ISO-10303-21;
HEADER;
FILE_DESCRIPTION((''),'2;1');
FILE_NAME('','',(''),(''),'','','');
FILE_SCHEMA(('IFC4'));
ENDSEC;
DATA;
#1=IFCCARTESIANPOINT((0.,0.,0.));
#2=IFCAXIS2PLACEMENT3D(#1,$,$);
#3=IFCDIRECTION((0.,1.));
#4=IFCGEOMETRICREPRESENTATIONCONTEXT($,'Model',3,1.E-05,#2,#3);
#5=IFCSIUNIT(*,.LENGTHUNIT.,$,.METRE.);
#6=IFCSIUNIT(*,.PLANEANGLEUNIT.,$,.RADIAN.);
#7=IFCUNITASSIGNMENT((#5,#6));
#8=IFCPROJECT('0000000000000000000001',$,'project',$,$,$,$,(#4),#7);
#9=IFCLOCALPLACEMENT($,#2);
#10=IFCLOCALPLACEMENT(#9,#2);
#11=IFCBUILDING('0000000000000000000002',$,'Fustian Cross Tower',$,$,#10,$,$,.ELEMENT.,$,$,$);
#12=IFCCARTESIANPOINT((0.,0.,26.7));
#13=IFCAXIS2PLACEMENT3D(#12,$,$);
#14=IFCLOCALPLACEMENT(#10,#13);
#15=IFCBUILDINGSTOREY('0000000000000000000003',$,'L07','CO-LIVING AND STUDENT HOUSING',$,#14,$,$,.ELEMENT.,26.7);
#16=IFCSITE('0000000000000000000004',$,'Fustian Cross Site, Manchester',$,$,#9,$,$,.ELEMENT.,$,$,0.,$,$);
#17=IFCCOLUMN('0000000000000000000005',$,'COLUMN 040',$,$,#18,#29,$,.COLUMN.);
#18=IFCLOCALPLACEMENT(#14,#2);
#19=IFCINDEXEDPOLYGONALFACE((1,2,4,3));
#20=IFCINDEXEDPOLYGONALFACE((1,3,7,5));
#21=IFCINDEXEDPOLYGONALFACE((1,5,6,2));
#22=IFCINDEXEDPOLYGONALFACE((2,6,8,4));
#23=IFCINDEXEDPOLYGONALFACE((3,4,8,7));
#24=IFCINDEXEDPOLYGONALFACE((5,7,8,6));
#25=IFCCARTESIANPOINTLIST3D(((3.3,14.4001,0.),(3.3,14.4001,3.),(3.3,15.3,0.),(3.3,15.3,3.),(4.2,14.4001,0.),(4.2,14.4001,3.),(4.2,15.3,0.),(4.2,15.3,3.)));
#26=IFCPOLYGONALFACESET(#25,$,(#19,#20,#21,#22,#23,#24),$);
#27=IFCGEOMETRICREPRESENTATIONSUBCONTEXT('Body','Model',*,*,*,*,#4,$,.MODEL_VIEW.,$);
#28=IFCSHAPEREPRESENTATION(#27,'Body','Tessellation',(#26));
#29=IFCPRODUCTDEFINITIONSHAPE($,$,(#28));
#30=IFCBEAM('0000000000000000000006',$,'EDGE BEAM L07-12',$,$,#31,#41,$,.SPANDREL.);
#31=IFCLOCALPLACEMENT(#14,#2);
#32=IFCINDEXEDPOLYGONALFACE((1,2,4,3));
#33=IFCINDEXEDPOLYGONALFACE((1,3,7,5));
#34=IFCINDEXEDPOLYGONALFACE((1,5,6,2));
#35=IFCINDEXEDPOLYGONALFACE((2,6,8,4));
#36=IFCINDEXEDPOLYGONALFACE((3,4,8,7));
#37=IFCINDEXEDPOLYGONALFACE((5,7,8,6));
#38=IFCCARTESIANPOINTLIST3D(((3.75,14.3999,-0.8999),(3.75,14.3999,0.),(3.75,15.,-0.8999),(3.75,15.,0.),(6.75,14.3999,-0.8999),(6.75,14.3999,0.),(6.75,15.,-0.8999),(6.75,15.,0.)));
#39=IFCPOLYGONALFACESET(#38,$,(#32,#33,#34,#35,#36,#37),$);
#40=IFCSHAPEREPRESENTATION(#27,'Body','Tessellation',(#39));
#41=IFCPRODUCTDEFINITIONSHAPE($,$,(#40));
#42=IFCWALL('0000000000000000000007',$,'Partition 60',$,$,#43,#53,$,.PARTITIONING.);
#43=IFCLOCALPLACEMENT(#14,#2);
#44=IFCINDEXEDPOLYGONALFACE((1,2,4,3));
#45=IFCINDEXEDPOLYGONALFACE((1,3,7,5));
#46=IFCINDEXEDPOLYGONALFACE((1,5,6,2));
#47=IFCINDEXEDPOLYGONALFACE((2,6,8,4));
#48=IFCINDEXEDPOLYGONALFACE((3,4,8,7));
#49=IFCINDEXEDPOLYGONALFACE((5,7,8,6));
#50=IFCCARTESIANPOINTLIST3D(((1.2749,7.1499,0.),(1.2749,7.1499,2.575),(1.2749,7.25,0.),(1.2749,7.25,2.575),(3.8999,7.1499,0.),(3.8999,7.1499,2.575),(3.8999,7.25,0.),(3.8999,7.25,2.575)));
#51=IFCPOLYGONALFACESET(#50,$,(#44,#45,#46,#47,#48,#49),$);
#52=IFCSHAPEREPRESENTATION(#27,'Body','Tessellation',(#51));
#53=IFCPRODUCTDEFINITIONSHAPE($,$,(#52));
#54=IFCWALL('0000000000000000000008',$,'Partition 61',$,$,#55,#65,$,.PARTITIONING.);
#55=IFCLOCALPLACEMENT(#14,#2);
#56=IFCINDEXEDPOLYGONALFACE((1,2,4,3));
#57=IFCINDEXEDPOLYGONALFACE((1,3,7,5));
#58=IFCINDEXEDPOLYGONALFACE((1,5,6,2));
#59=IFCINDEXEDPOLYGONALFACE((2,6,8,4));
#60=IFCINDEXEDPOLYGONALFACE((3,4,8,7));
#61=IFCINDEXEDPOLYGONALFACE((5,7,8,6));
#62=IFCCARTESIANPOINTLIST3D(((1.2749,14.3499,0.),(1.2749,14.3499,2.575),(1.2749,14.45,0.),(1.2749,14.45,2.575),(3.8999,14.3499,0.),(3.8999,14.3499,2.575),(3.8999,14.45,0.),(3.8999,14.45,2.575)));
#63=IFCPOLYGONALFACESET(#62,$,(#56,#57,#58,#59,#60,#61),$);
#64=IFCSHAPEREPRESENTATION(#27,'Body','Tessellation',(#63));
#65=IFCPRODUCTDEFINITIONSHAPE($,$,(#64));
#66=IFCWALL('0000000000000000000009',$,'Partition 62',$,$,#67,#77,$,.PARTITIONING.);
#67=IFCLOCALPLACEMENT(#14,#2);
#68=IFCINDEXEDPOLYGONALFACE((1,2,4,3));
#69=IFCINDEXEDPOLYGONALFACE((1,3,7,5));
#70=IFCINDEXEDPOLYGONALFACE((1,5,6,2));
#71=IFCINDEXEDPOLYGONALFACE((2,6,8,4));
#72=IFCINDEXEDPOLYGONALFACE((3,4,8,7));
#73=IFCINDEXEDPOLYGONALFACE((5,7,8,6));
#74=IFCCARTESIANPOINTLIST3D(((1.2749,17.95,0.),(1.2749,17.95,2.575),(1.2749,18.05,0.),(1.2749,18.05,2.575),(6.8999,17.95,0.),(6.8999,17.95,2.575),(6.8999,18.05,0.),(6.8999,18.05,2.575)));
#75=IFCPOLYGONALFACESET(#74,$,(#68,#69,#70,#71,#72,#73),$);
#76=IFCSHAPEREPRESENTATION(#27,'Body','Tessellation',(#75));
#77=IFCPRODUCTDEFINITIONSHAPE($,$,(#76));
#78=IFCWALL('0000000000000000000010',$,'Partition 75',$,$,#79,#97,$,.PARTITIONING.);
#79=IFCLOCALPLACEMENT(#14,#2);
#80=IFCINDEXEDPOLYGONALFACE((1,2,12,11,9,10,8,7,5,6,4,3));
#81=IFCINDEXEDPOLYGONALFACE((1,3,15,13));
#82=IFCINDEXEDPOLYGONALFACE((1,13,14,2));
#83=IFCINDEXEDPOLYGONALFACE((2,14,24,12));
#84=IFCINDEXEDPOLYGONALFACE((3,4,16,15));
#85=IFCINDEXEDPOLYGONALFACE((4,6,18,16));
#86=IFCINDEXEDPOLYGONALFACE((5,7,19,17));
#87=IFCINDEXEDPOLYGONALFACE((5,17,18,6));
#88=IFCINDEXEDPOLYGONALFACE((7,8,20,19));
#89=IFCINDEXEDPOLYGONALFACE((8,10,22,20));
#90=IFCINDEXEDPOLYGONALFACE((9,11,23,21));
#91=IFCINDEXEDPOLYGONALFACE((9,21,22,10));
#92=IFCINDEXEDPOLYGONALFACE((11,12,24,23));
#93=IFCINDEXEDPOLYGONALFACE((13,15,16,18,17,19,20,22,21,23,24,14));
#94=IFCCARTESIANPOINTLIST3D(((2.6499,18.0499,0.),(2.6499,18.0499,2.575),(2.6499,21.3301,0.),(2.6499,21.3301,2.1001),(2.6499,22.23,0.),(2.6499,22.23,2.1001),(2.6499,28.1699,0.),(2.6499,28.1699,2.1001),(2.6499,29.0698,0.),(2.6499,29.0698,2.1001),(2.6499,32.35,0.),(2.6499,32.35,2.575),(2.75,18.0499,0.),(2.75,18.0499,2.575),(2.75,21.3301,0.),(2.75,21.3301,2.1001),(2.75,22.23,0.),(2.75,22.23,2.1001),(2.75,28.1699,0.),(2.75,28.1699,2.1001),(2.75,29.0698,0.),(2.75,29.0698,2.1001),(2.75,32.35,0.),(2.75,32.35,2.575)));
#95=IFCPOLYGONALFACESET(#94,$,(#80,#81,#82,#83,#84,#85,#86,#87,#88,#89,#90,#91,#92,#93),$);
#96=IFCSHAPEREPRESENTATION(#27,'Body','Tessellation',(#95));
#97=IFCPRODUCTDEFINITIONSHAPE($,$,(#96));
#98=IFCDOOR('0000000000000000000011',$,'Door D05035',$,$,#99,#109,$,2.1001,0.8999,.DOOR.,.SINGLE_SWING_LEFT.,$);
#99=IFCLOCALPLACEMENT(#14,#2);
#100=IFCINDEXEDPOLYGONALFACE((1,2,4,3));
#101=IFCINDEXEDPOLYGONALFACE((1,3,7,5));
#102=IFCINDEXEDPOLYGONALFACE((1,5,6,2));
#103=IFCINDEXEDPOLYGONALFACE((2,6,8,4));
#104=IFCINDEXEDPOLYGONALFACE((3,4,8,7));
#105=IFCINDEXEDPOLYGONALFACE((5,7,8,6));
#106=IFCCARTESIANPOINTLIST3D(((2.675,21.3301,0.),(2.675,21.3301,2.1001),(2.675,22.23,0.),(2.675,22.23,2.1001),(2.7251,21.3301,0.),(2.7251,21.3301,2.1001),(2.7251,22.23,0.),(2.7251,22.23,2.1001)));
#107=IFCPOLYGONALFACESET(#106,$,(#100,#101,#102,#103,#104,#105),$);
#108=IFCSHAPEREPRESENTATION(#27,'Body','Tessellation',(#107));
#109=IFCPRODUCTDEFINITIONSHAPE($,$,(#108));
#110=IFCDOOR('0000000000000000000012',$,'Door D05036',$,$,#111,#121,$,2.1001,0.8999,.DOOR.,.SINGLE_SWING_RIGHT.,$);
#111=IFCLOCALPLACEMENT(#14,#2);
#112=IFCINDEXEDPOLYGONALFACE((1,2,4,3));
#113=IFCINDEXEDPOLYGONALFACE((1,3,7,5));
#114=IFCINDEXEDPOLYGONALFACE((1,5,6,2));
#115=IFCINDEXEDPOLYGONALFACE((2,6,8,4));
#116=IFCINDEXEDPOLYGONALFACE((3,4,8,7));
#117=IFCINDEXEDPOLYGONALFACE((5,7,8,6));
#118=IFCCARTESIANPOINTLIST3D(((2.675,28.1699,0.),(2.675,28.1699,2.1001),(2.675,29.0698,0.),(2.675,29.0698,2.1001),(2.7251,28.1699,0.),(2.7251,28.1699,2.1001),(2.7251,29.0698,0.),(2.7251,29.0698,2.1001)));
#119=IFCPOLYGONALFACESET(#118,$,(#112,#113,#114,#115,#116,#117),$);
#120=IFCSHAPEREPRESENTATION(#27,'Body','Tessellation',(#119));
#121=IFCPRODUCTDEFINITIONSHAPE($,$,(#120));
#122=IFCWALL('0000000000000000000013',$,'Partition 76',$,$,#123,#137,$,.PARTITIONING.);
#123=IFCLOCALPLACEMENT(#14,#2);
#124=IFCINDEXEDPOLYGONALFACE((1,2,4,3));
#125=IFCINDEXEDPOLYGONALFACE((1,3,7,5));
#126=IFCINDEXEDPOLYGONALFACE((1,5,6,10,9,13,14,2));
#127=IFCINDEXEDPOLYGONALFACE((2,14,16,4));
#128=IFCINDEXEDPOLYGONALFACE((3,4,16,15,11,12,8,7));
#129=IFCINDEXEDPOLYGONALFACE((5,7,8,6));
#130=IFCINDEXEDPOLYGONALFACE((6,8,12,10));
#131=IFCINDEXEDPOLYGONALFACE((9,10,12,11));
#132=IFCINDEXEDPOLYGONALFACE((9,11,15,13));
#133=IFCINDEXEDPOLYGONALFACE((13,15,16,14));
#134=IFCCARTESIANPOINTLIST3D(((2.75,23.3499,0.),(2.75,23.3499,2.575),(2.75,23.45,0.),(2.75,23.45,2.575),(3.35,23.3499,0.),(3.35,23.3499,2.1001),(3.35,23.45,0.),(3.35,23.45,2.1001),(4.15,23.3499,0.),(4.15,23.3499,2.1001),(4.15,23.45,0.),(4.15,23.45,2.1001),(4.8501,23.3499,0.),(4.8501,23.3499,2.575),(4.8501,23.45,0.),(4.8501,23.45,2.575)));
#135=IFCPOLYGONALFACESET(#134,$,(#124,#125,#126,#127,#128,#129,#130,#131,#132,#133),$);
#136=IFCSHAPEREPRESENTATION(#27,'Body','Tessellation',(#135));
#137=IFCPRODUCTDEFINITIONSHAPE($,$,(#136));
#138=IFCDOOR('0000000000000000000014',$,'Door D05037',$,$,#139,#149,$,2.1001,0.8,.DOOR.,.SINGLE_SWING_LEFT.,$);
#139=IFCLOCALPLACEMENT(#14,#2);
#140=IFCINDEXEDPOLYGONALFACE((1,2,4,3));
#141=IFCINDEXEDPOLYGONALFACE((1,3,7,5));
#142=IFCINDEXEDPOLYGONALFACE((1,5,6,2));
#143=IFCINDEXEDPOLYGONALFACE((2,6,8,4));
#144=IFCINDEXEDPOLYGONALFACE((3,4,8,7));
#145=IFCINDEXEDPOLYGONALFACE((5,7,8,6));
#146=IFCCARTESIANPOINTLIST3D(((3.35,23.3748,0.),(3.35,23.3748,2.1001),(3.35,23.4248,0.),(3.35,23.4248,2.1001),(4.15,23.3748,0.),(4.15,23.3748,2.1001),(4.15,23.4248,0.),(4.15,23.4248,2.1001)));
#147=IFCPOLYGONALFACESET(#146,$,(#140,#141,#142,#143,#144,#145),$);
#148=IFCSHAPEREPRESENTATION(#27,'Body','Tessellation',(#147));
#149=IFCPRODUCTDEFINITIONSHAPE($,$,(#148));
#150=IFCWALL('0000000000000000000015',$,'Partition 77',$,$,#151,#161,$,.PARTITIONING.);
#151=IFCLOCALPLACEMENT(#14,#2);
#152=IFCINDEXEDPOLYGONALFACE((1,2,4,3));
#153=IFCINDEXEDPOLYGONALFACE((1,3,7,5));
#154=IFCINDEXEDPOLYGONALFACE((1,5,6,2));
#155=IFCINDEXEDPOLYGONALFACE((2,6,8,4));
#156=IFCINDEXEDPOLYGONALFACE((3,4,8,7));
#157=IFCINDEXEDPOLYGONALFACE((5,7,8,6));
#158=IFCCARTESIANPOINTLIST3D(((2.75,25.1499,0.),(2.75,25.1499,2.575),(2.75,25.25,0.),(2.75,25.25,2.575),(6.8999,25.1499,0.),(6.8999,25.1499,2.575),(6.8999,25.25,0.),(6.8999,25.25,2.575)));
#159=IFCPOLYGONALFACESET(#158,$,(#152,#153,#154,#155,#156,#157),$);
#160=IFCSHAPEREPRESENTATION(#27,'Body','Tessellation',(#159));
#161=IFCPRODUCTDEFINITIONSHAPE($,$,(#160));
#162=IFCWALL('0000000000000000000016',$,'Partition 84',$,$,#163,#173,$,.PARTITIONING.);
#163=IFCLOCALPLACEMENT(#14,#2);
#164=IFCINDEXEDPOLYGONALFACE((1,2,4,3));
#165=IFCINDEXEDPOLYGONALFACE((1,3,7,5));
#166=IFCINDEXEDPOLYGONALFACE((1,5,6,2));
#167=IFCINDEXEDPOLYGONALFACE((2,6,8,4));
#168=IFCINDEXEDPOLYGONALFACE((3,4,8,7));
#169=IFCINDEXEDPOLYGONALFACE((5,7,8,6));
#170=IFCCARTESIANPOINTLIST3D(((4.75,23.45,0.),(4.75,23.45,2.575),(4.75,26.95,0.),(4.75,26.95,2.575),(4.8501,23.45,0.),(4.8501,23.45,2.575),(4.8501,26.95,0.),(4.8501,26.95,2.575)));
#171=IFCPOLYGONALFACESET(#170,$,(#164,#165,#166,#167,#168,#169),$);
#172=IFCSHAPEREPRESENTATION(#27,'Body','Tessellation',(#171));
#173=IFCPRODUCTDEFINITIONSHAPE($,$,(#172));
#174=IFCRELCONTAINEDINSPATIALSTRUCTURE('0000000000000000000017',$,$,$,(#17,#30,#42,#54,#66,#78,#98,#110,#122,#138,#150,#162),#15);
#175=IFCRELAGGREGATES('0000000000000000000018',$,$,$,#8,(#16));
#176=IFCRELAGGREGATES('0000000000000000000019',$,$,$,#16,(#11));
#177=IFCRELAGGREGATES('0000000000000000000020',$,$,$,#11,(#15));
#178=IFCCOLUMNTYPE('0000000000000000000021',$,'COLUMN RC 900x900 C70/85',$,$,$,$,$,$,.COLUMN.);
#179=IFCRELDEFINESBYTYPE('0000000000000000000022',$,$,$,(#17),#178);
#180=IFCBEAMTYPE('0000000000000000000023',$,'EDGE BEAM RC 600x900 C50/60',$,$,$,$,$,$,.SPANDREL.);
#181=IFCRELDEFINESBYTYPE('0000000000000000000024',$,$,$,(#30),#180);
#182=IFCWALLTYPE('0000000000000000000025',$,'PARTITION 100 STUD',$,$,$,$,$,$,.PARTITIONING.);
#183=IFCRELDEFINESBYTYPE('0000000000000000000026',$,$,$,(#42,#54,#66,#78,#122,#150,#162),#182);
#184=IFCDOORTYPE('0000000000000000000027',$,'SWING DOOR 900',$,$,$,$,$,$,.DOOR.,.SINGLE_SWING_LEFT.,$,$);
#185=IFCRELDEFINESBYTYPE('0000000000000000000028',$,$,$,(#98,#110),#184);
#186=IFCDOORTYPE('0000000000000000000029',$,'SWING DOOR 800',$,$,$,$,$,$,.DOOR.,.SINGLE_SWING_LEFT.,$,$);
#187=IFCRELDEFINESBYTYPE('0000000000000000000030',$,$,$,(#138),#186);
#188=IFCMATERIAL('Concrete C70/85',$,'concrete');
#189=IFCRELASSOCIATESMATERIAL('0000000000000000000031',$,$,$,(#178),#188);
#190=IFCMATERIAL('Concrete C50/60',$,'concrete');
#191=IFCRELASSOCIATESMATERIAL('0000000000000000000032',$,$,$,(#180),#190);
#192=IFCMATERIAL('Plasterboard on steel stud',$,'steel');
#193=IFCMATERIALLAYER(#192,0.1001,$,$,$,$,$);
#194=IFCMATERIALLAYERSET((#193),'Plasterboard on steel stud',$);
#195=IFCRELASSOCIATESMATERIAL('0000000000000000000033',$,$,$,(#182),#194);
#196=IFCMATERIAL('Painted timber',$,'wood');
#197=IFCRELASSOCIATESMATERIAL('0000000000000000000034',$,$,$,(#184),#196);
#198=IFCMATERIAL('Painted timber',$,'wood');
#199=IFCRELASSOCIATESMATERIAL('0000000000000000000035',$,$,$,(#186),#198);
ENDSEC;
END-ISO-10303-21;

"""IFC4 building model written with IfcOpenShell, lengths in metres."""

from ifc_helpers import new_model, si_unit, direction, frame, frame_2d, origin, origin_2d, place, context, subcontext, project, spatial, rectangle, extrude, material, layer, layer_set, material_profile, profile_set, type_object, element, fill, save


model = new_model("IFC4")

# Units and contexts
model_context = context("Model", 3, precision=1e-05, world=origin(), true_north=direction((0.0, 1.0)))
body_context = subcontext(model_context, "Body", "Model", "MODEL_VIEW")
ifc_project = project(units=[si_unit("LENGTHUNIT", "METRE"), si_unit("PLANEANGLEUNIT", "RADIAN")], contexts=[model_context])

# Site, building, storey
site_placement = place(None, origin())
site = spatial("IfcSite", under=ifc_project, at=site_placement, Name="Fustian Cross Site, Manchester", CompositionType="ELEMENT", RefElevation=0.0)
building_placement = place(site_placement, origin())
building = spatial("IfcBuilding", under=site, at=building_placement, Name="Fustian Cross Tower", CompositionType="ELEMENT")
storey_placement = place(building_placement, frame((0.0, 0.0, 26.7)))
storey = spatial("IfcBuildingStorey", under=building, at=storey_placement, Name="L07", Description="CO-LIVING AND STUDENT HOUSING", CompositionType="ELEMENT", Elevation=26.7)

# Column
ifc_material_1 = material(Name="Concrete C70/85", Category="concrete")
ifc_material_profile_1 = material_profile(ifc_material_1, rectangle(XDim=0.8999, YDim=0.8999, at=origin_2d()), Name="RC 900x900")
ifc_profile_set_1 = profile_set([ifc_material_profile_1], Name="Concrete C70/85")
column_type = type_object("IfcColumnType", Name="COLUMN RC 900x900 C70/85", PredefinedType="COLUMN", material=ifc_profile_set_1)
column_placement = place(storey_placement, frame((3.75, 14.8501, 0.0), z_axis=(0.0, 0.0, 1.0), x_axis=(1.0, 0.0, 0.0)))
element("IfcColumn", 1, at=column_placement, inside=storey, type_object=column_type, Name="COLUMN 040", PredefinedType="COLUMN", context=body_context, shape_type="SweptSolid", body=[
    extrude(rectangle(XDim=0.8999, YDim=0.8999, at=origin_2d()), origin(), (0.0, 0.0, 1.0), 3.0),
])

# Beam
ifc_material_2 = material(Name="Concrete C50/60", Category="concrete")
ifc_material_profile_2 = material_profile(ifc_material_2, rectangle(XDim=0.6001, YDim=0.8999, at=origin_2d()), Name="RC 600x900")
ifc_profile_set_2 = profile_set([ifc_material_profile_2], Name="Concrete C50/60")
beam_type = type_object("IfcBeamType", Name="EDGE BEAM RC 600x900 C50/60", PredefinedType="SPANDREL", material=ifc_profile_set_2)
beam_placement = place(storey_placement, frame((3.75, 14.7, -0.45), z_axis=(1.0, 0.0, 0.0), x_axis=(0.0, 1.0, 0.0)))
element("IfcBeam", 2, at=beam_placement, inside=storey, type_object=beam_type, Name="EDGE BEAM L07-12", PredefinedType="SPANDREL", context=body_context, shape_type="SweptSolid", body=[
    extrude(rectangle(XDim=0.6001, YDim=0.8999, at=origin_2d()), origin(), (0.0, 0.0, 1.0), 3.0),
])

# Walls
ifc_material_3 = material(Name="Plasterboard on steel stud", Category="steel")
ifc_layer_1 = layer(ifc_material_3, 0.1001)
ifc_layer_set_1 = layer_set([ifc_layer_1], Name="Plasterboard on steel stud")
wall_type_1 = type_object("IfcWallType", Name="PARTITION 100 STUD", PredefinedType="PARTITIONING", material=ifc_layer_set_1)
for number, where, z_axis, x_axis, name in (
    (3, (1.2749, 7.2, 0.0), (0.0, 0.0, 1.0), (1.0, 0.0, 0.0), "Partition 60"),
    (4, (1.2749, 14.3999, 0.0), (0.0, 0.0, 1.0), (1.0, 0.0, 0.0), "Partition 61"),
):
    element("IfcWall", number, at=place(storey_placement, frame(where, z_axis=z_axis, x_axis=x_axis)), inside=storey, type_object=wall_type_1, Name=name, PredefinedType="PARTITIONING", context=body_context, shape_type="SweptSolid", body=[
        extrude(rectangle(XDim=2.625, YDim=0.1001, at=frame_2d((1.3125, 0.0))), origin(), (0.0, 0.0, 1.0), 2.575),
    ])
wall_1_placement = place(storey_placement, frame((1.2749, 18.0, 0.0), z_axis=(0.0, 0.0, 1.0), x_axis=(1.0, 0.0, 0.0)))
element("IfcWall", 5, at=wall_1_placement, inside=storey, type_object=wall_type_1, Name="Partition 62", PredefinedType="PARTITIONING", context=body_context, shape_type="SweptSolid", body=[
    extrude(rectangle(XDim=5.625, YDim=0.1001, at=frame_2d((2.8125, 0.0))), origin(), (0.0, 0.0, 1.0), 2.575),
])

# Wall, openings, doors
wall_2_placement = place(storey_placement, frame((2.7, 18.05, 0.0), z_axis=(0.0, 0.0, 1.0), x_axis=(0.0, 1.0, 0.0)))
wall_2 = element("IfcWall", 6, at=wall_2_placement, inside=storey, type_object=wall_type_1, Name="Partition 75", PredefinedType="PARTITIONING", context=body_context, shape_type="SweptSolid", body=[
    extrude(rectangle(XDim=14.3, YDim=0.1001, at=frame_2d((7.1499, 0.0))), origin(), (0.0, 0.0, 1.0), 2.575),
])
opening_1_placement = place(wall_2_placement, frame((3.28, 0.0, 0.0)))
opening_1 = element("IfcOpeningElement", 7, at=opening_1_placement, cuts=wall_2, PredefinedType="OPENING", context=body_context, shape_type="SweptSolid", body=[
    extrude(rectangle(XDim=0.8999, YDim=2.1001, at=frame_2d((0.45, 1.05))), frame((0.0, 0.0601, 0.0), z_axis=(0.0, -1.0, 0.0), x_axis=(1.0, 0.0, 0.0)), (0.0, 0.0, 1.0), 0.1201),
])
opening_2_placement = place(wall_2_placement, frame((10.1199, 0.0, 0.0)))
opening_2 = element("IfcOpeningElement", 8, at=opening_2_placement, cuts=wall_2, PredefinedType="OPENING", context=body_context, shape_type="SweptSolid", body=[
    extrude(rectangle(XDim=0.8999, YDim=2.1001, at=frame_2d((0.45, 1.05))), frame((0.0, 0.0601, 0.0), z_axis=(0.0, -1.0, 0.0), x_axis=(1.0, 0.0, 0.0)), (0.0, 0.0, 1.0), 0.1201),
])
ifc_material_4 = material(Name="Painted timber", Category="wood")
door_type_1 = type_object("IfcDoorType", Name="SWING DOOR 900", OperationType="SINGLE_SWING_LEFT", PredefinedType="DOOR", material=ifc_material_4)
door_1_placement = place(opening_1_placement, origin())
door_1 = element("IfcDoor", 9, at=door_1_placement, inside=storey, type_object=door_type_1, Name="Door D05035", OperationType="SINGLE_SWING_LEFT", OverallHeight=2.1001, OverallWidth=0.8999, PredefinedType="DOOR", context=body_context, shape_type="SweptSolid", body=[
    extrude(rectangle(XDim=0.8999, YDim=2.1001, at=frame_2d((0.45, 1.05))), frame((0.0, 0.0249, 0.0), z_axis=(0.0, -1.0, 0.0), x_axis=(1.0, 0.0, 0.0)), (0.0, 0.0, 1.0), 0.05),
])
fill(opening_1, door_1)
door_2_placement = place(opening_2_placement, origin())
door_2 = element("IfcDoor", 10, at=door_2_placement, inside=storey, type_object=door_type_1, Name="Door D05036", OperationType="SINGLE_SWING_RIGHT", OverallHeight=2.1001, OverallWidth=0.8999, PredefinedType="DOOR", context=body_context, shape_type="SweptSolid", body=[
    extrude(rectangle(XDim=0.8999, YDim=2.1001, at=frame_2d((0.45, 1.05))), frame((0.0, 0.0249, 0.0), z_axis=(0.0, -1.0, 0.0), x_axis=(1.0, 0.0, 0.0)), (0.0, 0.0, 1.0), 0.05),
])
fill(opening_2, door_2)

# Wall, opening, door
wall_3_placement = place(storey_placement, frame((2.75, 23.3999, 0.0), z_axis=(0.0, 0.0, 1.0), x_axis=(1.0, 0.0, 0.0)))
wall_3 = element("IfcWall", 11, at=wall_3_placement, inside=storey, type_object=wall_type_1, Name="Partition 76", PredefinedType="PARTITIONING", context=body_context, shape_type="SweptSolid", body=[
    extrude(rectangle(XDim=2.1001, YDim=0.1001, at=frame_2d((1.05, 0.0))), origin(), (0.0, 0.0, 1.0), 2.575),
])
opening_3_placement = place(wall_3_placement, frame((0.6001, 0.0, 0.0)))
opening_3 = element("IfcOpeningElement", 12, at=opening_3_placement, cuts=wall_3, PredefinedType="OPENING", context=body_context, shape_type="SweptSolid", body=[
    extrude(rectangle(XDim=0.8, YDim=2.1001, at=frame_2d((0.3999, 1.05))), frame((0.0, 0.0601, 0.0), z_axis=(0.0, -1.0, 0.0), x_axis=(1.0, 0.0, 0.0)), (0.0, 0.0, 1.0), 0.1201),
])
ifc_material_5 = material(Name="Painted timber", Category="wood")
door_type_2 = type_object("IfcDoorType", Name="SWING DOOR 800", OperationType="SINGLE_SWING_LEFT", PredefinedType="DOOR", material=ifc_material_5)
door_3_placement = place(opening_3_placement, origin())
door_3 = element("IfcDoor", 13, at=door_3_placement, inside=storey, type_object=door_type_2, Name="Door D05037", OperationType="SINGLE_SWING_LEFT", OverallHeight=2.1001, OverallWidth=0.8, PredefinedType="DOOR", context=body_context, shape_type="SweptSolid", body=[
    extrude(rectangle(XDim=0.8, YDim=2.1001, at=frame_2d((0.3999, 1.05))), frame((0.0, 0.0249, 0.0), z_axis=(0.0, -1.0, 0.0), x_axis=(1.0, 0.0, 0.0)), (0.0, 0.0, 1.0), 0.05),
])
fill(opening_3, door_3)

# Walls
wall_4_placement = place(storey_placement, frame((2.75, 25.2, 0.0), z_axis=(0.0, 0.0, 1.0), x_axis=(1.0, 0.0, 0.0)))
element("IfcWall", 14, at=wall_4_placement, inside=storey, type_object=wall_type_1, Name="Partition 77", PredefinedType="PARTITIONING", context=body_context, shape_type="SweptSolid", body=[
    extrude(rectangle(XDim=4.1499, YDim=0.1001, at=frame_2d((2.075, 0.0))), origin(), (0.0, 0.0, 1.0), 2.575),
])
wall_5_placement = place(storey_placement, frame((4.8, 23.45, 0.0), z_axis=(0.0, 0.0, 1.0), x_axis=(0.0, 1.0, 0.0)))
element("IfcWall", 15, at=wall_5_placement, inside=storey, type_object=wall_type_1, Name="Partition 84", PredefinedType="PARTITIONING", context=body_context, shape_type="SweptSolid", body=[
    extrude(rectangle(XDim=3.5, YDim=0.1001, at=frame_2d((1.75, 0.0))), origin(), (0.0, 0.0, 1.0), 2.575),
])

save(model, "model.ifc")
